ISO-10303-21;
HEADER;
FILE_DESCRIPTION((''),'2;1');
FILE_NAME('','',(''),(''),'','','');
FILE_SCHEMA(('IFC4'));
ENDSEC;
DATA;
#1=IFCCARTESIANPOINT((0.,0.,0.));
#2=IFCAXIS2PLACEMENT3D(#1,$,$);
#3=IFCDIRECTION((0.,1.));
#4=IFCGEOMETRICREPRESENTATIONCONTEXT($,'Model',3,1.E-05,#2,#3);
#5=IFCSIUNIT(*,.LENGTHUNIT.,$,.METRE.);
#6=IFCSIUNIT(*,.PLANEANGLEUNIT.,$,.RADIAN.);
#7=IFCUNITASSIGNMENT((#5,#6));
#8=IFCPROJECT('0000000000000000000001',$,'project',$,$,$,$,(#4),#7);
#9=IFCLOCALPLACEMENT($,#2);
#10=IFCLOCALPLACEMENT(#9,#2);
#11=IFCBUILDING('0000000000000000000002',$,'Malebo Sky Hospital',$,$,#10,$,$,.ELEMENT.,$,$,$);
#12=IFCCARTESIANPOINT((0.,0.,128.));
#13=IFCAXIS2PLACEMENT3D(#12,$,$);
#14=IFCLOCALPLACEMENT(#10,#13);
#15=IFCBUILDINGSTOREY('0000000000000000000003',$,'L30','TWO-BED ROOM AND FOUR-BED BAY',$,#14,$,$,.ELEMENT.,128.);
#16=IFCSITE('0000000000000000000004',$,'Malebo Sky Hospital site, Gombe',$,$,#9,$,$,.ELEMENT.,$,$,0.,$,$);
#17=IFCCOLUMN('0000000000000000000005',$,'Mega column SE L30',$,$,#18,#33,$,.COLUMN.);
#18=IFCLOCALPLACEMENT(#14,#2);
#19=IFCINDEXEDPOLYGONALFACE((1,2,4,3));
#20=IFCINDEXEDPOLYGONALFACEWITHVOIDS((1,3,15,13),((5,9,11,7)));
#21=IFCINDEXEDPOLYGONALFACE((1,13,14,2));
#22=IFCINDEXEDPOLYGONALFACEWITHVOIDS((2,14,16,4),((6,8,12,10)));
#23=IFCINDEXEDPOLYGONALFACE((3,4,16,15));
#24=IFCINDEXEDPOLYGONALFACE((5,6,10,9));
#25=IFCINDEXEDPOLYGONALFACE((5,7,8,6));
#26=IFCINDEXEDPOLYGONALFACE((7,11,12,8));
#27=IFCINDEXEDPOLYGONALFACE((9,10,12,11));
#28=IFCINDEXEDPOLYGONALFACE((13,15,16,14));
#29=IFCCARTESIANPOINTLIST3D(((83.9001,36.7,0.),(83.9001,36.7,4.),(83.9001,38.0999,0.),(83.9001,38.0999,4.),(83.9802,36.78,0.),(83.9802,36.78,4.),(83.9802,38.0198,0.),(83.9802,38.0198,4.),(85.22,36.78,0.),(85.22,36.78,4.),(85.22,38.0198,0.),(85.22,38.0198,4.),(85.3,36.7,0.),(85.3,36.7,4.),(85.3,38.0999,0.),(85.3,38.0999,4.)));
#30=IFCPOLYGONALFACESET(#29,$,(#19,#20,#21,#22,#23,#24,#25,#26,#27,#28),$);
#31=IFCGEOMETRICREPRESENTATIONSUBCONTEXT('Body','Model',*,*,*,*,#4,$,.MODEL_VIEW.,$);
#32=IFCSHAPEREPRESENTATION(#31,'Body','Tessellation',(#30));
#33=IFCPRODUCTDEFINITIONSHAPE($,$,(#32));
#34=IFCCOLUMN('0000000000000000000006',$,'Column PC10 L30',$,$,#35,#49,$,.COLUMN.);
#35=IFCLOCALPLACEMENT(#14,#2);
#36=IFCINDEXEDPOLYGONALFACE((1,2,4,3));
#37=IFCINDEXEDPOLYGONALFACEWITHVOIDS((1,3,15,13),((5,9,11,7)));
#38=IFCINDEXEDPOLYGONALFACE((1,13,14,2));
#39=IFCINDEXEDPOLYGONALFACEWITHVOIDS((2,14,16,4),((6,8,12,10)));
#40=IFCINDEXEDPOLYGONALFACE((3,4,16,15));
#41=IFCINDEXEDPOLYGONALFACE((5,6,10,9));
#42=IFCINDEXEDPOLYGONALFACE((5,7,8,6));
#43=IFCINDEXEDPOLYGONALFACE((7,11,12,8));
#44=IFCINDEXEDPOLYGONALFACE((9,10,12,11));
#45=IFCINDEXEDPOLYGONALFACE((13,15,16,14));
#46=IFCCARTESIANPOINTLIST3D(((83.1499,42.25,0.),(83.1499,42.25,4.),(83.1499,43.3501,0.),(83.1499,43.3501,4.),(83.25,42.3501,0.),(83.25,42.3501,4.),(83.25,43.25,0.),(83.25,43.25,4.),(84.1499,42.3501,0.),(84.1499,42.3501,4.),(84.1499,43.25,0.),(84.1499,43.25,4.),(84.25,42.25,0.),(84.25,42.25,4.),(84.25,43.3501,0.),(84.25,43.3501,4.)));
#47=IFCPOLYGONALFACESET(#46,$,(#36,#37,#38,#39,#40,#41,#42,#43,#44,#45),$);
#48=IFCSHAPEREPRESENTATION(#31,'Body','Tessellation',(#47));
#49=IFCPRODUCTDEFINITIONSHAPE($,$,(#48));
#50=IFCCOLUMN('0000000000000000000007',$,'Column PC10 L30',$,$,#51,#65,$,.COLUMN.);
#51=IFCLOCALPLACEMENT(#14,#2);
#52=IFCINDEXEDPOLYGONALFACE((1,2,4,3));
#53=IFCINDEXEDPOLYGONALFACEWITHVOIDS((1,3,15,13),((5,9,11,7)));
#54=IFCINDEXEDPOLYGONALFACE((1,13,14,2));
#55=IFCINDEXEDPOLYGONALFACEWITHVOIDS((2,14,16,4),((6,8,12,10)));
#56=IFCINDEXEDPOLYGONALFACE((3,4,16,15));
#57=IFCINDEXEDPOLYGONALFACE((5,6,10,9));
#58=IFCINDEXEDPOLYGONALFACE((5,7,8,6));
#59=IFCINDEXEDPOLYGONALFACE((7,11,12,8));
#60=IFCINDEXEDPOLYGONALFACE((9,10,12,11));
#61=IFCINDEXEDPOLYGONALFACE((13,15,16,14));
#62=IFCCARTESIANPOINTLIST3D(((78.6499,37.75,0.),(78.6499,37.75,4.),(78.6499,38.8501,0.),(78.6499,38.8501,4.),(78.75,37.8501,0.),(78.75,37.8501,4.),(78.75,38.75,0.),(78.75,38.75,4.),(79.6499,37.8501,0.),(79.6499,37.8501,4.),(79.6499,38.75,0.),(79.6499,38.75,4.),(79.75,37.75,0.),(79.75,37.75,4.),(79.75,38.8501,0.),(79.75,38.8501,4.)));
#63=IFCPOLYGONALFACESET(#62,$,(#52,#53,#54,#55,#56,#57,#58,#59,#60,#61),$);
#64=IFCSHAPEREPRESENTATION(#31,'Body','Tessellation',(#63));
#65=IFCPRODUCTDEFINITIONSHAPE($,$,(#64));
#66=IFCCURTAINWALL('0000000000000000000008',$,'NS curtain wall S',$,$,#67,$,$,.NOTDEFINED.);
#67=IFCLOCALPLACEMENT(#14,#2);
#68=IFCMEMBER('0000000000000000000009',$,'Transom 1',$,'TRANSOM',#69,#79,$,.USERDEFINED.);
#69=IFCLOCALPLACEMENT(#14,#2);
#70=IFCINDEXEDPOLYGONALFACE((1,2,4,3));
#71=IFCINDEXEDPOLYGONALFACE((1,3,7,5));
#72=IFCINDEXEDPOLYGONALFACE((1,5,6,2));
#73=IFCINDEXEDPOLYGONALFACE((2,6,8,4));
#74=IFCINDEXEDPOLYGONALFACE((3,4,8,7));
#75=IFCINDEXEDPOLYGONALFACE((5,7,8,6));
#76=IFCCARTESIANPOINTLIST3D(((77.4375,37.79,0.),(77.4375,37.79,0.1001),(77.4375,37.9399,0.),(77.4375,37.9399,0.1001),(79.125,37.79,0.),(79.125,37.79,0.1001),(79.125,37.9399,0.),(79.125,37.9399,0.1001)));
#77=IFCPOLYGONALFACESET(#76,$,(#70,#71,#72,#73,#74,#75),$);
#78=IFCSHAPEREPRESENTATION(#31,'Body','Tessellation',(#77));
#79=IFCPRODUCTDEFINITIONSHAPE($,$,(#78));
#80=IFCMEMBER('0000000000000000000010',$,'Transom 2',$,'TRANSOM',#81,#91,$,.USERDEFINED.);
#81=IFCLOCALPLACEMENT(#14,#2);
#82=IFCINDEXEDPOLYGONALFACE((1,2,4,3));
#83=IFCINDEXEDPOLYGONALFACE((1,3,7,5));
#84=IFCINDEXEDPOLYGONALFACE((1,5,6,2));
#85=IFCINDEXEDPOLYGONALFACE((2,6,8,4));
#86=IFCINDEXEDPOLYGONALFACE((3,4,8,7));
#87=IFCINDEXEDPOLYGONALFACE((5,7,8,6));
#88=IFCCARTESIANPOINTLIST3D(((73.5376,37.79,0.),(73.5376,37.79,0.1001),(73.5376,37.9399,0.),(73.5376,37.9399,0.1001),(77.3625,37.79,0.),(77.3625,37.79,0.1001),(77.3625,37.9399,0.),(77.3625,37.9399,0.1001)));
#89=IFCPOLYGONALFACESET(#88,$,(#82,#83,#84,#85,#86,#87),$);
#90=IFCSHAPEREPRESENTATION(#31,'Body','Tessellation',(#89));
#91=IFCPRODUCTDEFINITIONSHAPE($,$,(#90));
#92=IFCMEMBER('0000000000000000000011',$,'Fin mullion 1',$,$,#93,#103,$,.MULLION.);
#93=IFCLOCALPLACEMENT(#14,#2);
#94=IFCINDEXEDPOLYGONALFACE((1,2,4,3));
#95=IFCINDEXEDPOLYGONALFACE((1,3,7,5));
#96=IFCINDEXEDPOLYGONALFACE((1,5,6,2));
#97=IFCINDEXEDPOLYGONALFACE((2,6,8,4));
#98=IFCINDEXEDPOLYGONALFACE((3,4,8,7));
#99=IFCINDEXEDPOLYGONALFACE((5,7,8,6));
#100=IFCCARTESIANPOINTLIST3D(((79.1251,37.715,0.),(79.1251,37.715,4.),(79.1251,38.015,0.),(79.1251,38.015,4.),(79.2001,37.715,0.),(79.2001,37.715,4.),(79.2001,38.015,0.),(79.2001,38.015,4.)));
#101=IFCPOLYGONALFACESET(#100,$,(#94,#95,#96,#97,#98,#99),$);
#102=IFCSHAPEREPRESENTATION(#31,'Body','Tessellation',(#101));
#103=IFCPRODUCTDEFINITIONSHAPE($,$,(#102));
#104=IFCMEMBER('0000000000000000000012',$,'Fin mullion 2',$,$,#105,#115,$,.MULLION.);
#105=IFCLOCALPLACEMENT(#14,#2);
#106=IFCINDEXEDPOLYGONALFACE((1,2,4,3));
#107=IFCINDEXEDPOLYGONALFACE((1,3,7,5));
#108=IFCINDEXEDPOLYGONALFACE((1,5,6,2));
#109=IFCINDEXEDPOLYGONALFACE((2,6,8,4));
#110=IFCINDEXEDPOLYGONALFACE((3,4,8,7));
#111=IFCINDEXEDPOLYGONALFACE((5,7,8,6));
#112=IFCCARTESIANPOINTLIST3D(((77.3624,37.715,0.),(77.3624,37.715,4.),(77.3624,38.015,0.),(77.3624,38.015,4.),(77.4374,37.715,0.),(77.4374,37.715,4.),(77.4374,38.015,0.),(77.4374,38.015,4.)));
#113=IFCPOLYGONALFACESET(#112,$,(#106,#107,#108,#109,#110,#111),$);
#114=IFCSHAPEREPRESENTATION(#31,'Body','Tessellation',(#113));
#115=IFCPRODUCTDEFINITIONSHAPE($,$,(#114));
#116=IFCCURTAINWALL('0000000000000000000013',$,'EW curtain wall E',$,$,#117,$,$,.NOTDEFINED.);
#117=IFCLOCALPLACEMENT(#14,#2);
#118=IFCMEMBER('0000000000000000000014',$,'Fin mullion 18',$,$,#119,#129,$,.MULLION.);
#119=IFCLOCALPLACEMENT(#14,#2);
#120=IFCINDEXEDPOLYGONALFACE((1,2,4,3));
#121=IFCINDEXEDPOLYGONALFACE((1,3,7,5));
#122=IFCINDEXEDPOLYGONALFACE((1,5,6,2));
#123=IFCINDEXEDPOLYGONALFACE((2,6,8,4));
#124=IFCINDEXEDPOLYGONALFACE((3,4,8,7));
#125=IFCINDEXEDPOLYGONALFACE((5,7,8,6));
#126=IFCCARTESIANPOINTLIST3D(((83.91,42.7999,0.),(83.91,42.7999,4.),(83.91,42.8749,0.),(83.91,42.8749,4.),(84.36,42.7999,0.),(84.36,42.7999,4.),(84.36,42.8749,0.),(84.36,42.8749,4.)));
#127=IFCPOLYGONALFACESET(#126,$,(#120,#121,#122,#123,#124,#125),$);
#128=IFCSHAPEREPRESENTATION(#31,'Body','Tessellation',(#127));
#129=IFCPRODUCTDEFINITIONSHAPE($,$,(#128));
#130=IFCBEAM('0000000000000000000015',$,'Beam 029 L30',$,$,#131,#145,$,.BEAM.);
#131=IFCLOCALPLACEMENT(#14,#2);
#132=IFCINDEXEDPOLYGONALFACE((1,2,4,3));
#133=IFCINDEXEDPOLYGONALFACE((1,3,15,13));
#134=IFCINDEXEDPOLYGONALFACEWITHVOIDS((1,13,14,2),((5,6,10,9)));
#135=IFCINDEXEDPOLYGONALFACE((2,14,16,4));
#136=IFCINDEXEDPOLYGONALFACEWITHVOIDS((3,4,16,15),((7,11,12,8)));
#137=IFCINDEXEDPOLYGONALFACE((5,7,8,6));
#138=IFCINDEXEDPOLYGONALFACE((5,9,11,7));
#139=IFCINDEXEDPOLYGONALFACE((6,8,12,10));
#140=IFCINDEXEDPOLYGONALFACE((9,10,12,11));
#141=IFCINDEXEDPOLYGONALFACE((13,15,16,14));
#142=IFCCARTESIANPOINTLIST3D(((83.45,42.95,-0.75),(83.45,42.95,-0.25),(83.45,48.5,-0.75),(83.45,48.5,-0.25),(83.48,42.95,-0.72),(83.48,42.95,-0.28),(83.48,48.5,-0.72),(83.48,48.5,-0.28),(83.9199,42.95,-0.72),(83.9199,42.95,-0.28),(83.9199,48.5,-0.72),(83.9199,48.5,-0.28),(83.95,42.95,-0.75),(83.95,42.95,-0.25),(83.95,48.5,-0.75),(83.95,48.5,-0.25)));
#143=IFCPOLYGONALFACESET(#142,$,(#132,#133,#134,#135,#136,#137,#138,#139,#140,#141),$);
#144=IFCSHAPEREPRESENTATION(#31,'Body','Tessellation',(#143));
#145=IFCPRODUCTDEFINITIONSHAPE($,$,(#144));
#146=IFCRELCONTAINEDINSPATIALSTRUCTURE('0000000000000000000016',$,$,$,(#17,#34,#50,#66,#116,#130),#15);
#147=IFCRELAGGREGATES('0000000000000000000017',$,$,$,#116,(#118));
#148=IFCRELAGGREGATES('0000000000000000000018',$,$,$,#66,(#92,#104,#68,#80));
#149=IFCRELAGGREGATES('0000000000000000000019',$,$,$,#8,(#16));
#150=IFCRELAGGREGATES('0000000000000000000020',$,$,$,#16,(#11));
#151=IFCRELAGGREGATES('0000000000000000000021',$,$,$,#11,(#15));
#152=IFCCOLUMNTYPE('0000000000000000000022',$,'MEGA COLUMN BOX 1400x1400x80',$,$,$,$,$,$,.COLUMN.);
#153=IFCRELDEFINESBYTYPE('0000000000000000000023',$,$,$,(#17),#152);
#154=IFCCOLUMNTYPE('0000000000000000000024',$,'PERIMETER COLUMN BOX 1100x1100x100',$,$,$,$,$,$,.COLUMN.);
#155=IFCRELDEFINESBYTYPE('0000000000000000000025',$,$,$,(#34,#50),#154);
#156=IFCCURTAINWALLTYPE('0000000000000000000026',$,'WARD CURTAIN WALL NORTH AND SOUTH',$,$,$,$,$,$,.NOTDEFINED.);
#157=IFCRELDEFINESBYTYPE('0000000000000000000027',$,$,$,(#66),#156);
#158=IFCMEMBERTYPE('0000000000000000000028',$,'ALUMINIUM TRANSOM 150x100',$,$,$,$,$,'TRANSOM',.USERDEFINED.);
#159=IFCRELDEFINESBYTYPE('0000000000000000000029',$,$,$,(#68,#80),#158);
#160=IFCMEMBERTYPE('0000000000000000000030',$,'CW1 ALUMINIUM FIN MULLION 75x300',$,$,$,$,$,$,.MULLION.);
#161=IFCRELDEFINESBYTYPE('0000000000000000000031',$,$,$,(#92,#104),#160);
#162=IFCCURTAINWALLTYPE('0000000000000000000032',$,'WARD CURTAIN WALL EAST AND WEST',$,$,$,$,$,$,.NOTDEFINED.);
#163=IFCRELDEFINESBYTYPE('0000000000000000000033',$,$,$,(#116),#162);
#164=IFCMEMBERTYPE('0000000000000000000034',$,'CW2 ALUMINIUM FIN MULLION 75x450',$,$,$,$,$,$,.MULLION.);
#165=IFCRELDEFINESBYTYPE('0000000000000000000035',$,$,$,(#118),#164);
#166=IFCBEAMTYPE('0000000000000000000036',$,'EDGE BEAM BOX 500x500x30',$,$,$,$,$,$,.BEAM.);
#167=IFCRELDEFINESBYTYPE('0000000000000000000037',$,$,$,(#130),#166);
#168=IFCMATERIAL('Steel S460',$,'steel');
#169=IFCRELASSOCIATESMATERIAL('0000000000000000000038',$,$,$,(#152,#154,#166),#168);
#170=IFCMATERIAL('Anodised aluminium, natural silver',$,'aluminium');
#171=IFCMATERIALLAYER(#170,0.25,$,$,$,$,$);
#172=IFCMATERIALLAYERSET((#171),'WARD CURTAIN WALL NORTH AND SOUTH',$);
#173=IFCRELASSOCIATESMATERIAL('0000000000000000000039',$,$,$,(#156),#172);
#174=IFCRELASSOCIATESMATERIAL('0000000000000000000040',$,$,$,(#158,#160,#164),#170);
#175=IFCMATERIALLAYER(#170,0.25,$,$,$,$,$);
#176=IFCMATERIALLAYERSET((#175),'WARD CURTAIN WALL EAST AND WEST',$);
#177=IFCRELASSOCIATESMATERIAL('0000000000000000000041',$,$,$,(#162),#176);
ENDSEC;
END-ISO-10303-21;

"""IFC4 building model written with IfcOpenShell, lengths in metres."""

from ifc_helpers import new_model, si_unit, direction, frame, origin, origin_2d, place, context, subcontext, project, spatial, rectangle, hollow_rectangle, extrude, material, layer, layer_set, material_profile, profile_set, type_object, element, aggregate, save


model = new_model("IFC4")

# Units and contexts
model_context = context("Model", 3, precision=1e-05, world=origin(), true_north=direction((0.0, 1.0)))
body_context = subcontext(model_context, "Body", "Model", "MODEL_VIEW")
ifc_project = project(units=[si_unit("LENGTHUNIT", "METRE"), si_unit("PLANEANGLEUNIT", "RADIAN")], contexts=[model_context])

# Site, building, storey
site_placement = place(None, origin())
site = spatial("IfcSite", under=ifc_project, at=site_placement, Name="Malebo Sky Hospital site, Gombe", CompositionType="ELEMENT", RefElevation=0.0)
building_placement = place(site_placement, origin())
building = spatial("IfcBuilding", under=site, at=building_placement, Name="Malebo Sky Hospital", CompositionType="ELEMENT")
storey_placement = place(building_placement, frame((0.0, 0.0, 128.0)))
storey = spatial("IfcBuildingStorey", under=building, at=storey_placement, Name="L30", Description="TWO-BED ROOM AND FOUR-BED BAY", CompositionType="ELEMENT", Elevation=128.0)

# Columns
ifc_material_1 = material(Name="Steel S460", Category="steel")
ifc_material_profile_1 = material_profile(ifc_material_1, hollow_rectangle(XDim=1.3999, YDim=1.3999, WallThickness=0.0801, at=origin_2d()), Name="BOX 1400x1400x80")
ifc_profile_set_1 = profile_set([ifc_material_profile_1], Name="Steel S460")
column_type_1 = type_object("IfcColumnType", Name="MEGA COLUMN BOX 1400x1400x80", PredefinedType="COLUMN", material=ifc_profile_set_1)
column_placement = place(storey_placement, frame((84.6001, 37.3999, 0.0), z_axis=(0.0, 0.0, 1.0), x_axis=(1.0, 0.0, 0.0)))
element("IfcColumn", 1, at=column_placement, inside=storey, type_object=column_type_1, Name="Mega column SE L30", PredefinedType="COLUMN", context=body_context, shape_type="SweptSolid", body=[
    extrude(hollow_rectangle(XDim=1.3999, YDim=1.3999, WallThickness=0.0801, at=origin_2d()), origin(), (0.0, 0.0, 1.0), 4.0),
])
ifc_material_profile_2 = material_profile(ifc_material_1, hollow_rectangle(XDim=1.1001, YDim=1.1001, WallThickness=0.1001, at=origin_2d()), Name="BOX 1100x1100x100")
ifc_profile_set_2 = profile_set([ifc_material_profile_2], Name="Steel S460")
column_type_2 = type_object("IfcColumnType", Name="PERIMETER COLUMN BOX 1100x1100x100", PredefinedType="COLUMN", material=ifc_profile_set_2)
for number, where, z_axis, x_axis, name in (
    (2, (83.7, 42.8, 0.0), (0.0, 0.0, 1.0), (1.0, 0.0, 0.0), "Column PC10 L30"),
    (3, (79.2, 38.3, 0.0), (0.0, 0.0, 1.0), (1.0, 0.0, 0.0), "Column PC10 L30"),
):
    element("IfcColumn", number, at=place(storey_placement, frame(where, z_axis=z_axis, x_axis=x_axis)), inside=storey, type_object=column_type_2, Name=name, PredefinedType="COLUMN", context=body_context, shape_type="SweptSolid", body=[
        extrude(hollow_rectangle(XDim=1.1001, YDim=1.1001, WallThickness=0.1001, at=origin_2d()), origin(), (0.0, 0.0, 1.0), 4.0),
    ])

# Curtain wall, members
ifc_material_2 = material(Name="Anodised aluminium, natural silver", Category="aluminium")
ifc_layer_1 = layer(ifc_material_2, 0.25)
ifc_layer_set_1 = layer_set([ifc_layer_1], Name="WARD CURTAIN WALL NORTH AND SOUTH")
curtain_wall_type_1 = type_object("IfcCurtainWallType", Name="WARD CURTAIN WALL NORTH AND SOUTH", PredefinedType="NOTDEFINED", material=ifc_layer_set_1)
curtain_wall_1_placement = place(storey_placement, origin())
curtain_wall_1 = element("IfcCurtainWall", 4, at=curtain_wall_1_placement, inside=storey, type_object=curtain_wall_type_1, Name="NS curtain wall S", PredefinedType="NOTDEFINED")
ifc_material_profile_3 = material_profile(ifc_material_2, rectangle(XDim=0.1499, YDim=0.1001, at=origin_2d()), Name="ALUMINIUM TRANSOM 150x100")
ifc_profile_set_3 = profile_set([ifc_material_profile_3], Name="Anodised aluminium, natural silver")
member_type_1 = type_object("IfcMemberType", Name="ALUMINIUM TRANSOM 150x100", ElementType="TRANSOM", PredefinedType="USERDEFINED", material=ifc_profile_set_3)
member_1_placement = place(storey_placement, frame((79.125, 37.865, 0.05), z_axis=(-1.0, 0.0, 0.0), x_axis=(0.0, -1.0, 0.0)))
member_1 = element("IfcMember", 5, at=member_1_placement, type_object=member_type_1, Name="Transom 1", ObjectType="TRANSOM", PredefinedType="USERDEFINED", context=body_context, shape_type="SweptSolid", body=[
    extrude(rectangle(XDim=0.1499, YDim=0.1001, at=origin_2d()), origin(), (0.0, 0.0, 1.0), 1.6875),
])
member_2_placement = place(storey_placement, frame((77.3625, 37.865, 0.05), z_axis=(-1.0, 0.0, 0.0), x_axis=(0.0, -1.0, 0.0)))
member_2 = element("IfcMember", 6, at=member_2_placement, type_object=member_type_1, Name="Transom 2", ObjectType="TRANSOM", PredefinedType="USERDEFINED", context=body_context, shape_type="SweptSolid", body=[
    extrude(rectangle(XDim=0.1499, YDim=0.1001, at=origin_2d()), origin(), (0.0, 0.0, 1.0), 3.825),
])
ifc_material_profile_4 = material_profile(ifc_material_2, rectangle(XDim=0.075, YDim=0.3, at=origin_2d()), Name="CW1 ALUMINIUM FIN MULLION 75x300")
ifc_profile_set_4 = profile_set([ifc_material_profile_4], Name="Anodised aluminium, natural silver")
member_type_2 = type_object("IfcMemberType", Name="CW1 ALUMINIUM FIN MULLION 75x300", PredefinedType="MULLION", material=ifc_profile_set_4)
member_3_placement = place(storey_placement, frame((79.1626, 37.865, 0.0), z_axis=(0.0, 0.0, 1.0), x_axis=(-1.0, 0.0, 0.0)))
member_3 = element("IfcMember", 7, at=member_3_placement, type_object=member_type_2, Name="Fin mullion 1", PredefinedType="MULLION", context=body_context, shape_type="SweptSolid", body=[
    extrude(rectangle(XDim=0.075, YDim=0.3, at=origin_2d()), origin(), (0.0, 0.0, 1.0), 4.0),
])
member_4_placement = place(storey_placement, frame((77.3999, 37.865, 0.0), z_axis=(0.0, 0.0, 1.0), x_axis=(-1.0, 0.0, 0.0)))
member_4 = element("IfcMember", 8, at=member_4_placement, type_object=member_type_2, Name="Fin mullion 2", PredefinedType="MULLION", context=body_context, shape_type="SweptSolid", body=[
    extrude(rectangle(XDim=0.075, YDim=0.3, at=origin_2d()), origin(), (0.0, 0.0, 1.0), 4.0),
])

# Curtain wall, member
ifc_layer_2 = layer(ifc_material_2, 0.25)
ifc_layer_set_2 = layer_set([ifc_layer_2], Name="WARD CURTAIN WALL EAST AND WEST")
curtain_wall_type_2 = type_object("IfcCurtainWallType", Name="WARD CURTAIN WALL EAST AND WEST", PredefinedType="NOTDEFINED", material=ifc_layer_set_2)
curtain_wall_2_placement = place(storey_placement, origin())
curtain_wall_2 = element("IfcCurtainWall", 9, at=curtain_wall_2_placement, inside=storey, type_object=curtain_wall_type_2, Name="EW curtain wall E", PredefinedType="NOTDEFINED")
ifc_material_profile_5 = material_profile(ifc_material_2, rectangle(XDim=0.075, YDim=0.45, at=origin_2d()), Name="CW2 ALUMINIUM FIN MULLION 75x450")
ifc_profile_set_5 = profile_set([ifc_material_profile_5], Name="Anodised aluminium, natural silver")
member_type_3 = type_object("IfcMemberType", Name="CW2 ALUMINIUM FIN MULLION 75x450", PredefinedType="MULLION", material=ifc_profile_set_5)
member_5_placement = place(storey_placement, frame((84.135, 42.8374, 0.0), z_axis=(0.0, 0.0, 1.0), x_axis=(0.0, -1.0, 0.0)))
member_5 = element("IfcMember", 10, at=member_5_placement, type_object=member_type_3, Name="Fin mullion 18", PredefinedType="MULLION", context=body_context, shape_type="SweptSolid", body=[
    extrude(rectangle(XDim=0.075, YDim=0.45, at=origin_2d()), origin(), (0.0, 0.0, 1.0), 4.0),
])
aggregate(curtain_wall_2, [member_5])

# Beam
ifc_material_profile_6 = material_profile(ifc_material_1, hollow_rectangle(XDim=0.5, YDim=0.5, WallThickness=0.03, at=origin_2d()), Name="BOX 500x500x30")
ifc_profile_set_6 = profile_set([ifc_material_profile_6], Name="Steel S460")
beam_type_1 = type_object("IfcBeamType", Name="EDGE BEAM BOX 500x500x30", PredefinedType="BEAM", material=ifc_profile_set_6)
beam_1_placement = place(storey_placement, frame((83.7, 42.95, -0.5), z_axis=(0.0, 1.0, 0.0), x_axis=(-1.0, 0.0, 0.0)))
element("IfcBeam", 11, at=beam_1_placement, inside=storey, type_object=beam_type_1, Name="Beam 029 L30", PredefinedType="BEAM", context=body_context, shape_type="SweptSolid", body=[
    extrude(hollow_rectangle(XDim=0.5, YDim=0.5, WallThickness=0.03, at=origin_2d()), origin(), (0.0, 0.0, 1.0), 5.55),
])

aggregate(curtain_wall_1, [member_3, member_4, member_1, member_2])

save(model, "model.ifc")
